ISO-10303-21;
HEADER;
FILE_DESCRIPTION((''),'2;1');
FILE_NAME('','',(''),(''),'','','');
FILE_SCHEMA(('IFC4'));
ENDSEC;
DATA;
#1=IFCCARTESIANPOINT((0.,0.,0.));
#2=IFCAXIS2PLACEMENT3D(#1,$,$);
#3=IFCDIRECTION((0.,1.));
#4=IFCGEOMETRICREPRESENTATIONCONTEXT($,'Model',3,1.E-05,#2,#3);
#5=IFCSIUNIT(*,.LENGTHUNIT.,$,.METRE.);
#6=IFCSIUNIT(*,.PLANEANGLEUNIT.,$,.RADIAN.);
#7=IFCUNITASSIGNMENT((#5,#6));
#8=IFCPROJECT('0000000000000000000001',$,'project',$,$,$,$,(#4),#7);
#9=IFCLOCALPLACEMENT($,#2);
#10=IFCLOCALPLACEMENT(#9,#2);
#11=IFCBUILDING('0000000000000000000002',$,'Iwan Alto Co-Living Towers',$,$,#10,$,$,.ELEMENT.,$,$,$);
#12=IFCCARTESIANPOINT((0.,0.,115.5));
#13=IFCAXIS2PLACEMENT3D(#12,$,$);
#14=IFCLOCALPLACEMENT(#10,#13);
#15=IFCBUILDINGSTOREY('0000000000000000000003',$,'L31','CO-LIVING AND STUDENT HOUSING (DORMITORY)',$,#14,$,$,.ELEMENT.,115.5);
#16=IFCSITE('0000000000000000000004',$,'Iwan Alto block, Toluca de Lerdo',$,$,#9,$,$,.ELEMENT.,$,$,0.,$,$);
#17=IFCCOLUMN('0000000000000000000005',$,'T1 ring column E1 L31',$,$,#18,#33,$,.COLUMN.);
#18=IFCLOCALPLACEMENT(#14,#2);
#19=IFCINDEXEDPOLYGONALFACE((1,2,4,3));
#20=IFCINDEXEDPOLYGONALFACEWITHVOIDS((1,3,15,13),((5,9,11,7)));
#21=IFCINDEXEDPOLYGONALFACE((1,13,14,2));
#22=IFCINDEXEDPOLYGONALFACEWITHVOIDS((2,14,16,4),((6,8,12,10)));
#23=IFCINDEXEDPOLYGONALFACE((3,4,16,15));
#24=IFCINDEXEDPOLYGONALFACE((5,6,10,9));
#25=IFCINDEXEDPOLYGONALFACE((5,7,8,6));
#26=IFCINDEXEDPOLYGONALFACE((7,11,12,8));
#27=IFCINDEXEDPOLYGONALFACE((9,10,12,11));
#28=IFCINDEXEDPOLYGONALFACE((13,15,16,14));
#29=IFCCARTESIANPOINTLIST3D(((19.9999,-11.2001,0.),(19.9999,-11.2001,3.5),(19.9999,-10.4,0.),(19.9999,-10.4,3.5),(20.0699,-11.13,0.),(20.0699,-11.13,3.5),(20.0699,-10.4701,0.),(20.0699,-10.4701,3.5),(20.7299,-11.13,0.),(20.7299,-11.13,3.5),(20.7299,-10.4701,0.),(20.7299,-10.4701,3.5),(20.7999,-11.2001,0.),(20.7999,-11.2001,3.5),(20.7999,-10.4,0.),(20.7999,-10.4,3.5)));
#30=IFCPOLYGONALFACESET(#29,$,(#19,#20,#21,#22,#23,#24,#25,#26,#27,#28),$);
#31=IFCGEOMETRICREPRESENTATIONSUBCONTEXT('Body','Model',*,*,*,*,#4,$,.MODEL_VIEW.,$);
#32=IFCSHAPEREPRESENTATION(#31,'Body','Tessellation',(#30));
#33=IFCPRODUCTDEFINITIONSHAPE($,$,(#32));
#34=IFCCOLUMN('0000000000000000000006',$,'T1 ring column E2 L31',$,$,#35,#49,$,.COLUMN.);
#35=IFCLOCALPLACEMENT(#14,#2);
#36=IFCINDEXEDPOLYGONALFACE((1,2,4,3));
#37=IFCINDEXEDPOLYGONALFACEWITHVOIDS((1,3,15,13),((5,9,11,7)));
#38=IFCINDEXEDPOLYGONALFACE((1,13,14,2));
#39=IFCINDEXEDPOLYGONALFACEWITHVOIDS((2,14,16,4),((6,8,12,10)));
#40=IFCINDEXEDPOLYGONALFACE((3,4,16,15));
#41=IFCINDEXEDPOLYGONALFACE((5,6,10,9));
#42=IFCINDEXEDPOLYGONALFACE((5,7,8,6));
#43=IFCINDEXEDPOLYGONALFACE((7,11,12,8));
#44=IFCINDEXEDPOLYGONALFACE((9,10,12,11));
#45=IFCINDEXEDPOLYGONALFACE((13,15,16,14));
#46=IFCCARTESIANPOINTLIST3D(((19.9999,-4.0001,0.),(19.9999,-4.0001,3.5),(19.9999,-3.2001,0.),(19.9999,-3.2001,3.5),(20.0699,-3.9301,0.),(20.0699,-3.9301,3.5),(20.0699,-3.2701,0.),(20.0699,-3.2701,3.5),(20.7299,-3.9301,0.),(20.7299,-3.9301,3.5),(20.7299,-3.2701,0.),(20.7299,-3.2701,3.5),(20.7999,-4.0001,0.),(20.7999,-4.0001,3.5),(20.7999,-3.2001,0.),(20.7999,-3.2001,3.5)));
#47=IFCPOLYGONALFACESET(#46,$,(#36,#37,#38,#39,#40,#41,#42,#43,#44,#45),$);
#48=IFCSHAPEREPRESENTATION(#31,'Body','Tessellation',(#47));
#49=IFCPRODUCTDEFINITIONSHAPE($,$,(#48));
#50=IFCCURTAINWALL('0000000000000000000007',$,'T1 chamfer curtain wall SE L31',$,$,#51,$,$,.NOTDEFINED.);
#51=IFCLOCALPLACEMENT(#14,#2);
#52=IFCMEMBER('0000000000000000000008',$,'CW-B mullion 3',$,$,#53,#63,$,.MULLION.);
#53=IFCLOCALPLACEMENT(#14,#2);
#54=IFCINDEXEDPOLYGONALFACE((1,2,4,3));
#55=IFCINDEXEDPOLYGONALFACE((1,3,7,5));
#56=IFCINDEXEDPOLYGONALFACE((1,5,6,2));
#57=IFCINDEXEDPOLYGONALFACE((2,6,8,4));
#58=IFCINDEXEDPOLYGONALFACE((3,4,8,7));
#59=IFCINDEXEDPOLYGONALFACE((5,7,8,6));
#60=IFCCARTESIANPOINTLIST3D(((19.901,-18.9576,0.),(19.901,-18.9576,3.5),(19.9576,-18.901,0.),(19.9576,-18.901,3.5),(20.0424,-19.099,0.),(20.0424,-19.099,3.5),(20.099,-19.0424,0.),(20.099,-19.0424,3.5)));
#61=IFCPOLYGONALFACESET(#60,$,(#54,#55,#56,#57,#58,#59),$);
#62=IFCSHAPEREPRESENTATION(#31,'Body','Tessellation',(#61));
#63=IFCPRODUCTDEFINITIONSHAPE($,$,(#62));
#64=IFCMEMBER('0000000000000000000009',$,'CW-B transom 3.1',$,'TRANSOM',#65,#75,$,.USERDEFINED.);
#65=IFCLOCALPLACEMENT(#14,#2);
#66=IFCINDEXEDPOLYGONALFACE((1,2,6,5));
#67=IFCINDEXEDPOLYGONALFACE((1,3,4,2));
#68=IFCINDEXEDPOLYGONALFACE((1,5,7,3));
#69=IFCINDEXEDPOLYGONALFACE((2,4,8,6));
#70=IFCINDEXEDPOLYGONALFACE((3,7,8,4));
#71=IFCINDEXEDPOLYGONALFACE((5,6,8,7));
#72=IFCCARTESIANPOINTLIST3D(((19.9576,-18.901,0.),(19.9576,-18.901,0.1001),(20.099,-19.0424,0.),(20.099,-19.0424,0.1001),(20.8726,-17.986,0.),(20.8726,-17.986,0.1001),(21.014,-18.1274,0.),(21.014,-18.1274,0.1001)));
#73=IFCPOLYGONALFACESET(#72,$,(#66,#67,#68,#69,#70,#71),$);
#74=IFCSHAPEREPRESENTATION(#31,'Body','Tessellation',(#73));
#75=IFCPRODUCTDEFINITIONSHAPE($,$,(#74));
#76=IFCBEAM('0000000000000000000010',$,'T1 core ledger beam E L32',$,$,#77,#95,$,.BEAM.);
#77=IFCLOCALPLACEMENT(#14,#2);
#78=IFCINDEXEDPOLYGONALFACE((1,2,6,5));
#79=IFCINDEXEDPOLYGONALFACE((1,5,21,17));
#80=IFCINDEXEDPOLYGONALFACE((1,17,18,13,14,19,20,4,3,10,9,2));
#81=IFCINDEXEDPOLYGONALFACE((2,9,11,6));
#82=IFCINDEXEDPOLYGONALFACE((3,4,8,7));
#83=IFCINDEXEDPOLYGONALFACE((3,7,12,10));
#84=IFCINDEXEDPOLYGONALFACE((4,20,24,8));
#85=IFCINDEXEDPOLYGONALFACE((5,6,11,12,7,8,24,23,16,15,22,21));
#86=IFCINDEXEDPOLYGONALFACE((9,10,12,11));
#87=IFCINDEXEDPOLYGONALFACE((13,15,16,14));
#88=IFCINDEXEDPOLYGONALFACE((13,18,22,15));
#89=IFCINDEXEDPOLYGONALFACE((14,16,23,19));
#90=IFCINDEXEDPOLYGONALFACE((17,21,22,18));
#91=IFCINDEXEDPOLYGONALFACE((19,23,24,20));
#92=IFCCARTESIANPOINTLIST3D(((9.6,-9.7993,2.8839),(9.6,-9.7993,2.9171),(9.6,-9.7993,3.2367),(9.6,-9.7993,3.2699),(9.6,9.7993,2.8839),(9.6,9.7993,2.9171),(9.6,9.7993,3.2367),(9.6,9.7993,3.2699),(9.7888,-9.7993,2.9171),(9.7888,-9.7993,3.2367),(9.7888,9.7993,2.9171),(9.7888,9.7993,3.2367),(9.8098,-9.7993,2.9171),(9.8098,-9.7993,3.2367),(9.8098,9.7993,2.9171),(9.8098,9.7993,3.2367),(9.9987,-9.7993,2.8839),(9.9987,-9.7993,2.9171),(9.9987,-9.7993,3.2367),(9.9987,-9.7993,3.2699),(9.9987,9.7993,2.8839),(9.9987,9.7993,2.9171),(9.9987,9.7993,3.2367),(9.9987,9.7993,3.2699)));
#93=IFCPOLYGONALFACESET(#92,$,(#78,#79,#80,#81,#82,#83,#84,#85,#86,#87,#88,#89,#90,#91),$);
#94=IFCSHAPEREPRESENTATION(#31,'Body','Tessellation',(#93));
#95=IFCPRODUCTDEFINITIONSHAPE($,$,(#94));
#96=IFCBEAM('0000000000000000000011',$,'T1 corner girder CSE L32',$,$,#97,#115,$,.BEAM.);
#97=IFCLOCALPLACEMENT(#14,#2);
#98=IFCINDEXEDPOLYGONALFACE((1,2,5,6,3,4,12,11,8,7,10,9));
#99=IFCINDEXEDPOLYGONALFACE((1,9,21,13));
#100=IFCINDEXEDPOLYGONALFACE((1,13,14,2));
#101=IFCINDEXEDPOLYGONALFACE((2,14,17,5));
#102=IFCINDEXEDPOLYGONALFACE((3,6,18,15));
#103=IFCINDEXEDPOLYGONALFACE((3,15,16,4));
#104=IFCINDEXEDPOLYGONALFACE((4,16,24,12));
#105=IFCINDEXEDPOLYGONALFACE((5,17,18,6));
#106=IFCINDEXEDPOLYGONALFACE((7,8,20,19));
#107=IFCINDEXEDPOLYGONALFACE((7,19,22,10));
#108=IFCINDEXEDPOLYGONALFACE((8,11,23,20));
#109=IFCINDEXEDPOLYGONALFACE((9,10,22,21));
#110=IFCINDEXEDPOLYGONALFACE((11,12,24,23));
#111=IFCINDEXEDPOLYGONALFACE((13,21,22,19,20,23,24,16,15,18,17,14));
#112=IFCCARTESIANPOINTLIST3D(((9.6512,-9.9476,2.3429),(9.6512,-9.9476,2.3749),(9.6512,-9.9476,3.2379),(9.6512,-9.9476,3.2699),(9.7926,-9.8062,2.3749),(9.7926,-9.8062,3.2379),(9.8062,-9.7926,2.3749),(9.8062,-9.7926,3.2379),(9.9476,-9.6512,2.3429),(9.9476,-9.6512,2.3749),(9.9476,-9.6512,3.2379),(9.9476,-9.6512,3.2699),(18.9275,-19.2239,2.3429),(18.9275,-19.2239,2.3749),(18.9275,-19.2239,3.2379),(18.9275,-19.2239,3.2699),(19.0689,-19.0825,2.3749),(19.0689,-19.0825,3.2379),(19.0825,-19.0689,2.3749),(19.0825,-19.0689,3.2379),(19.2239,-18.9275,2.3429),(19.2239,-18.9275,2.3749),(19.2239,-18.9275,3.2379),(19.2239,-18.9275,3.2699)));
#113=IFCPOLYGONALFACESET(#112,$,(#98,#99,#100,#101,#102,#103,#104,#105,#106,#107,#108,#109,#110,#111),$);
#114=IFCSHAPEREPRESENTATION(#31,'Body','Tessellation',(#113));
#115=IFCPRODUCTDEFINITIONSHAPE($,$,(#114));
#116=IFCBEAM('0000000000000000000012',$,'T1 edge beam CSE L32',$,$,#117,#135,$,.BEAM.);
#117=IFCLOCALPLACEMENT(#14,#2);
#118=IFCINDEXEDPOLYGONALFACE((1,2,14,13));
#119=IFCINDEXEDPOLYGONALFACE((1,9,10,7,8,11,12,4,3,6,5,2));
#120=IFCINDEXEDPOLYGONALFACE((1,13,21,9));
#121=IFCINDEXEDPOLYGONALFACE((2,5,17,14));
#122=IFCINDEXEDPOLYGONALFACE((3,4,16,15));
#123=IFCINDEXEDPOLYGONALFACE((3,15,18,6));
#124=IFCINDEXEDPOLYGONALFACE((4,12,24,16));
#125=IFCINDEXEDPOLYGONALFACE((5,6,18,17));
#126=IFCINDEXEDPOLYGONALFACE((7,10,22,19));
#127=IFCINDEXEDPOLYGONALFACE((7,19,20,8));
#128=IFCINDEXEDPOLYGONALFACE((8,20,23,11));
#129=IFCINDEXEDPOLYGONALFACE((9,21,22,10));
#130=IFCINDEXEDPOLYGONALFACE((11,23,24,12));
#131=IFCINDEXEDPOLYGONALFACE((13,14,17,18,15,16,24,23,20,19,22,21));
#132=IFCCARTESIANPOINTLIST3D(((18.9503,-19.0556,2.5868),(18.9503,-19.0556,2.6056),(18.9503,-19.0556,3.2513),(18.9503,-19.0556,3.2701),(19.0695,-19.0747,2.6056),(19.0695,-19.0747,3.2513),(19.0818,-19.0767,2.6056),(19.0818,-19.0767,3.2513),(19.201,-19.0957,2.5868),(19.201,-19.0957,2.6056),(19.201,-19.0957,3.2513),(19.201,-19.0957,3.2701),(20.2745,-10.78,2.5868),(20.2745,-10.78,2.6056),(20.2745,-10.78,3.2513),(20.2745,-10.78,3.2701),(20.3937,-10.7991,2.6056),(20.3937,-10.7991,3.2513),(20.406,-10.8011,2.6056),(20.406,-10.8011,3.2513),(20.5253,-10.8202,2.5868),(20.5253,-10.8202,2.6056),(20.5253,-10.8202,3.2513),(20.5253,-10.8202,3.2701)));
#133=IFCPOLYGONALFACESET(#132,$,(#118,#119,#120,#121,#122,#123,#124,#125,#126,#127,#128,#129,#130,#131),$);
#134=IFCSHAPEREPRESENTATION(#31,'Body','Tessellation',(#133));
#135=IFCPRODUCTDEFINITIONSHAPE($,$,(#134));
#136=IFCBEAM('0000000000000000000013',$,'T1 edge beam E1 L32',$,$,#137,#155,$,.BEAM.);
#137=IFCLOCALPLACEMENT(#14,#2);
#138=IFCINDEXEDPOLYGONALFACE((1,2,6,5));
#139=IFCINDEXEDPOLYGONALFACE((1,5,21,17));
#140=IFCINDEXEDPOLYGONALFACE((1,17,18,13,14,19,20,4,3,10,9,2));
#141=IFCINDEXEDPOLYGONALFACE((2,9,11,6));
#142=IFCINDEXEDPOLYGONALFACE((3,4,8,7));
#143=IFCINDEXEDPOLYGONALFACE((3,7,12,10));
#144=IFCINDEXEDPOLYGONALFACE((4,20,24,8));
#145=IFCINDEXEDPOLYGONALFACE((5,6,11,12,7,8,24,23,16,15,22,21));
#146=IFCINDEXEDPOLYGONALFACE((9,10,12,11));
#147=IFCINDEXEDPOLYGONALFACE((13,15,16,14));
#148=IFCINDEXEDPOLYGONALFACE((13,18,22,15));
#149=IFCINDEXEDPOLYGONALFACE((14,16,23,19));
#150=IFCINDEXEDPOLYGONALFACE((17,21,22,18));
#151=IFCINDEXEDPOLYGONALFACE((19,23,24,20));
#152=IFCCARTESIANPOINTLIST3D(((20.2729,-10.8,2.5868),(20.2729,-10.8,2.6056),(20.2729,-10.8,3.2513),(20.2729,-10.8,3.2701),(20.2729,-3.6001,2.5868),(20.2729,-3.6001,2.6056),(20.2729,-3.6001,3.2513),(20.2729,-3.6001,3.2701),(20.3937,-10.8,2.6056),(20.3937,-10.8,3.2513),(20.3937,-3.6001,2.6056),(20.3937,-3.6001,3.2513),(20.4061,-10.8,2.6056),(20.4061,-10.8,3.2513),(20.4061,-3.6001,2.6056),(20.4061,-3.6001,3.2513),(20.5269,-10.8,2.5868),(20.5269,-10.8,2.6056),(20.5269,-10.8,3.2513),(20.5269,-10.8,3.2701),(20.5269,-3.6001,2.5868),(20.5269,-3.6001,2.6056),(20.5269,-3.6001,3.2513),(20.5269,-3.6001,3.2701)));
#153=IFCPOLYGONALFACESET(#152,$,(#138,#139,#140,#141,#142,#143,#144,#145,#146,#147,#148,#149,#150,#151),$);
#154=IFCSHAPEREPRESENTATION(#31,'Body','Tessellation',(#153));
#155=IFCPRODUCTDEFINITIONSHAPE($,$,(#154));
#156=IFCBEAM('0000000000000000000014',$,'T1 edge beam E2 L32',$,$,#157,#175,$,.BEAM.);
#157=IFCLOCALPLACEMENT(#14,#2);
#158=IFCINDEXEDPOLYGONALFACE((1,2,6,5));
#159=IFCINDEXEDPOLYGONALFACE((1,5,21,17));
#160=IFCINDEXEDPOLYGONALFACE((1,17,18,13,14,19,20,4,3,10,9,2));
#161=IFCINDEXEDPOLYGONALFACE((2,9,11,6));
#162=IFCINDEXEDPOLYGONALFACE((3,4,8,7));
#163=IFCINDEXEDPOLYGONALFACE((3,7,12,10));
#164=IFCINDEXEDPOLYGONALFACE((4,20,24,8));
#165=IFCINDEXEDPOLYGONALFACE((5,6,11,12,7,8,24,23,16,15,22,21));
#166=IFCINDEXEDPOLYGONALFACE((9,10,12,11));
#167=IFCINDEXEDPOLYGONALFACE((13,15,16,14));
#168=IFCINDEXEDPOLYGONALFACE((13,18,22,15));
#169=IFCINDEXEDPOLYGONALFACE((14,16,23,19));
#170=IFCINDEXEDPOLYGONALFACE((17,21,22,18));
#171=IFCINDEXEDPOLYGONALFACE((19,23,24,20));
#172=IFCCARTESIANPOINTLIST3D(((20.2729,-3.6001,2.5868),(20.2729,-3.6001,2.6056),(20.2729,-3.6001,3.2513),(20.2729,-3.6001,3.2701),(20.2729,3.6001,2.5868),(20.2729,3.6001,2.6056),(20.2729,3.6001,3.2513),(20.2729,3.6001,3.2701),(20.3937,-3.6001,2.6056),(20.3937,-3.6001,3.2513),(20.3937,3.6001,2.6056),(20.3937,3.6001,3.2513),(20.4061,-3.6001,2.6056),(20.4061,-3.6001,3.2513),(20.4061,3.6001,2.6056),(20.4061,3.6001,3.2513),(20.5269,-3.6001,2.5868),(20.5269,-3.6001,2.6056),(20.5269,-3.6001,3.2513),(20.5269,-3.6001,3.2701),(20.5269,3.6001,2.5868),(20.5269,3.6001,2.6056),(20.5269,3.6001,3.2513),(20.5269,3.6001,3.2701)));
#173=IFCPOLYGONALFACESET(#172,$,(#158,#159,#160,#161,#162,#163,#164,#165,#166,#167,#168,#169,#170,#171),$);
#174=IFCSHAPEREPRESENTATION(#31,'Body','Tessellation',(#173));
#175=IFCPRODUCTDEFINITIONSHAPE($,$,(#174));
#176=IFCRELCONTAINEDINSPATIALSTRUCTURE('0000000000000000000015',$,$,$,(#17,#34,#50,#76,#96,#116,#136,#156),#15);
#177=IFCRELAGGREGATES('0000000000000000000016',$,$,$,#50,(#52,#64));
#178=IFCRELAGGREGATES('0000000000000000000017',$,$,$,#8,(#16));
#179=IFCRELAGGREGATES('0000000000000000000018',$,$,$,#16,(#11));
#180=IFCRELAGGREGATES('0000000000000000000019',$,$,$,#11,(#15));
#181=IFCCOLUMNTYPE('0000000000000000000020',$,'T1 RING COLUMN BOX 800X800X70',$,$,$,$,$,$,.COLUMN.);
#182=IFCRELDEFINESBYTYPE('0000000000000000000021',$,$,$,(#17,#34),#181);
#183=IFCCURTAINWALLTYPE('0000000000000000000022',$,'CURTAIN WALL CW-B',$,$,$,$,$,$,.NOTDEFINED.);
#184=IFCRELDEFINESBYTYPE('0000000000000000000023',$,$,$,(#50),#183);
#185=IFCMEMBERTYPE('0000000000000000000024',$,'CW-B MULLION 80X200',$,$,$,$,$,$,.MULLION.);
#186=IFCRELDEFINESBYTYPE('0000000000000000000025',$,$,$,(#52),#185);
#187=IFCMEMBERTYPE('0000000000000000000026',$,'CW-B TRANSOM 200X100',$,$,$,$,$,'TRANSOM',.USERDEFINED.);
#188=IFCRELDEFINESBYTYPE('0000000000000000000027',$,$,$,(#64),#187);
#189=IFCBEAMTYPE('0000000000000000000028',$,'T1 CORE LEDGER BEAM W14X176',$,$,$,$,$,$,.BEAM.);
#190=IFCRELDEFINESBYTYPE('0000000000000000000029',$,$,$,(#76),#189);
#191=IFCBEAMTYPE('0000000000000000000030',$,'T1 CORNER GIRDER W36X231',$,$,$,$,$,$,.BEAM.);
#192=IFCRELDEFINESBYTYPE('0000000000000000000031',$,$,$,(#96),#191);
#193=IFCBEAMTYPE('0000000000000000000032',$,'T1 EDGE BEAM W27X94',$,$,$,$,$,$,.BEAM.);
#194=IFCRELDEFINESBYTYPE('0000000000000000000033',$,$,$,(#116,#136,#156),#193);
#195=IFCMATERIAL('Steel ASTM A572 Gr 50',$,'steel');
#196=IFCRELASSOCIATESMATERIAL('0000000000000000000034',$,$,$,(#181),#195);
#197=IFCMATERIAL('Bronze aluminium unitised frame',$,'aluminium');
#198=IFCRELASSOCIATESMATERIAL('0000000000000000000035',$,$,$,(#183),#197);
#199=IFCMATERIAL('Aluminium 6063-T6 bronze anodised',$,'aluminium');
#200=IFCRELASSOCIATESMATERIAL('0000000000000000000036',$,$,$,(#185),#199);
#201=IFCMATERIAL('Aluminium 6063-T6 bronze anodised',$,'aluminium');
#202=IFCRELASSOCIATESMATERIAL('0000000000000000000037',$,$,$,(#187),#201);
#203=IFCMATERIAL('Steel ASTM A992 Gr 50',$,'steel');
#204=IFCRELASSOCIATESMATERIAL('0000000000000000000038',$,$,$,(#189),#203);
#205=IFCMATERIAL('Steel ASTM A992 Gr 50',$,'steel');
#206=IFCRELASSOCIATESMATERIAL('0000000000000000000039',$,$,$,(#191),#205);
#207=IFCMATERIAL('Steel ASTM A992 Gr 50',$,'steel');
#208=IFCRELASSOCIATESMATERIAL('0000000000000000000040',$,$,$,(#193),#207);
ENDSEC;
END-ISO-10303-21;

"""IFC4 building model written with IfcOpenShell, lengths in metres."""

from ifc_helpers import new_model, si_unit, direction, frame, origin, origin_2d, place, context, subcontext, project, spatial, rectangle, hollow_rectangle, i_section, extrude, material, material_profile, profile_set, type_object, element, aggregate, save


model = new_model("IFC4")

# Units and contexts
model_context = context("Model", 3, precision=1e-05, world=origin(), true_north=direction((0.0, 1.0)))
body_context = subcontext(model_context, "Body", "Model", "MODEL_VIEW")
ifc_project = project(units=[si_unit("LENGTHUNIT", "METRE"), si_unit("PLANEANGLEUNIT", "RADIAN")], contexts=[model_context])

# Site, building, storey
site_placement = place(None, origin())
site = spatial("IfcSite", under=ifc_project, at=site_placement, Name="Iwan Alto block, Toluca de Lerdo", CompositionType="ELEMENT", RefElevation=0.0)
building_placement = place(site_placement, origin())
building = spatial("IfcBuilding", under=site, at=building_placement, Name="Iwan Alto Co-Living Towers", CompositionType="ELEMENT")
storey_placement = place(building_placement, frame((0.0, 0.0, 115.5)))
storey = spatial("IfcBuildingStorey", under=building, at=storey_placement, Name="L31", Description="CO-LIVING AND STUDENT HOUSING (DORMITORY)", CompositionType="ELEMENT", Elevation=115.5)

# Columns
ifc_material_1 = material(Name="Steel ASTM A572 Gr 50", Category="steel")
ifc_material_profile_1 = material_profile(ifc_material_1, hollow_rectangle(XDim=0.8, YDim=0.8, WallThickness=0.0701, at=origin_2d()), Name="BOX 800X800X70")
ifc_profile_set_1 = profile_set([ifc_material_profile_1], Name="Steel ASTM A572 Gr 50")
column_type = type_object("IfcColumnType", Name="T1 RING COLUMN BOX 800X800X70", PredefinedType="COLUMN", material=ifc_profile_set_1)
for number, where, z_axis, x_axis, name in (
    (1, (20.3999, -10.8, 0.0), (0.0, 0.0, 1.0), (1.0, 0.0, 0.0), "T1 ring column E1 L31"),
    (2, (20.3999, -3.6001, 0.0), (0.0, 0.0, 1.0), (1.0, 0.0, 0.0), "T1 ring column E2 L31"),
):
    element("IfcColumn", number, at=place(storey_placement, frame(where, z_axis=z_axis, x_axis=x_axis)), inside=storey, type_object=column_type, Name=name, PredefinedType="COLUMN", context=body_context, shape_type="SweptSolid", body=[
        extrude(hollow_rectangle(XDim=0.8, YDim=0.8, WallThickness=0.0701, at=origin_2d()), origin(), (0.0, 0.0, 1.0), 3.5),
    ])

# Curtain wall, members
ifc_material_2 = material(Name="Bronze aluminium unitised frame", Category="aluminium")
curtain_wall_type = type_object("IfcCurtainWallType", Name="CURTAIN WALL CW-B", PredefinedType="NOTDEFINED", material=ifc_material_2)
curtain_wall_placement = place(storey_placement, origin())
curtain_wall = element("IfcCurtainWall", 3, at=curtain_wall_placement, inside=storey, type_object=curtain_wall_type, Name="T1 chamfer curtain wall SE L31", PredefinedType="NOTDEFINED")
ifc_material_3 = material(Name="Aluminium 6063-T6 bronze anodised", Category="aluminium")
ifc_material_profile_2 = material_profile(ifc_material_3, rectangle(XDim=0.2, YDim=0.0801, at=origin_2d()), Name="AL 80X200")
ifc_profile_set_2 = profile_set([ifc_material_profile_2], Name="Aluminium 6063-T6 bronze anodised")
member_type_1 = type_object("IfcMemberType", Name="CW-B MULLION 80X200", PredefinedType="MULLION", material=ifc_profile_set_2)
member_1_placement = place(storey_placement, frame((20.0, -19.0, 0.0), z_axis=(0.0, 0.0, 1.0), x_axis=(-0.707107, 0.707107, 0.0)))
member_1 = element("IfcMember", 4, at=member_1_placement, type_object=member_type_1, Name="CW-B mullion 3", PredefinedType="MULLION", context=body_context, shape_type="SweptSolid", body=[
    extrude(rectangle(XDim=0.2, YDim=0.0801, at=origin_2d()), origin(), (0.0, 0.0, 1.0), 3.5),
])
ifc_material_4 = material(Name="Aluminium 6063-T6 bronze anodised", Category="aluminium")
ifc_material_profile_3 = material_profile(ifc_material_4, rectangle(XDim=0.2, YDim=0.1001, at=origin_2d()), Name="AL 200X100")
ifc_profile_set_3 = profile_set([ifc_material_profile_3], Name="Aluminium 6063-T6 bronze anodised")
member_type_2 = type_object("IfcMemberType", Name="CW-B TRANSOM 200X100", ElementType="TRANSOM", PredefinedType="USERDEFINED", material=ifc_profile_set_3)
member_2_placement = place(storey_placement, frame((20.0283, -18.9717, 0.05), z_axis=(0.707107, 0.707107, 0.0), x_axis=(-0.707107, 0.707107, 0.0)))
member_2 = element("IfcMember", 5, at=member_2_placement, type_object=member_type_2, Name="CW-B transom 3.1", ObjectType="TRANSOM", PredefinedType="USERDEFINED", context=body_context, shape_type="SweptSolid", body=[
    extrude(rectangle(XDim=0.2, YDim=0.1001, at=origin_2d()), origin(), (0.0, 0.0, 1.0), 1.2939),
])
aggregate(curtain_wall, [member_1, member_2])

# Beams
ifc_material_5 = material(Name="Steel ASTM A992 Gr 50", Category="steel")
ifc_material_profile_4 = material_profile(ifc_material_5, i_section(OverallWidth=0.3987, OverallDepth=0.386, WebThickness=0.021, FlangeThickness=0.0332, at=origin_2d()), Name="W14X176")
ifc_profile_set_4 = profile_set([ifc_material_profile_4], Name="Steel ASTM A992 Gr 50")
beam_type_1 = type_object("IfcBeamType", Name="T1 CORE LEDGER BEAM W14X176", PredefinedType="BEAM", material=ifc_profile_set_4)
beam_1_placement = place(storey_placement, frame((9.7993, -9.7993, 3.0769), z_axis=(0.0, 1.0, 0.0), x_axis=(-1.0, 0.0, 0.0)))
element("IfcBeam", 6, at=beam_1_placement, inside=storey, type_object=beam_type_1, Name="T1 core ledger beam E L32", PredefinedType="BEAM", context=body_context, shape_type="SweptSolid", body=[
    extrude(i_section(OverallWidth=0.3987, OverallDepth=0.386, WebThickness=0.021, FlangeThickness=0.0332, at=origin_2d()), origin(), (0.0, 0.0, 1.0), 19.5986),
])
ifc_material_6 = material(Name="Steel ASTM A992 Gr 50", Category="steel")
ifc_material_profile_5 = material_profile(ifc_material_6, i_section(OverallWidth=0.4192, OverallDepth=0.927, WebThickness=0.0193, FlangeThickness=0.032, at=origin_2d()), Name="W36X231")
ifc_profile_set_5 = profile_set([ifc_material_profile_5], Name="Steel ASTM A992 Gr 50")
beam_type_2 = type_object("IfcBeamType", Name="T1 CORNER GIRDER W36X231", PredefinedType="BEAM", material=ifc_profile_set_5)
beam_2_placement = place(storey_placement, frame((19.0757, -19.0757, 2.8064), z_axis=(-0.707107, 0.707107, 0.0), x_axis=(-0.707107, -0.707107, 0.0)))
element("IfcBeam", 7, at=beam_2_placement, inside=storey, type_object=beam_type_2, Name="T1 corner girder CSE L32", PredefinedType="BEAM", context=body_context, shape_type="SweptSolid", body=[
    extrude(i_section(OverallWidth=0.4192, OverallDepth=0.927, WebThickness=0.0193, FlangeThickness=0.032, at=origin_2d()), origin(), (0.0, 0.0, 1.0), 13.1187),
])
ifc_material_7 = material(Name="Steel ASTM A992 Gr 50", Category="steel")
ifc_material_profile_6 = material_profile(ifc_material_7, i_section(OverallWidth=0.2539, OverallDepth=0.6833, WebThickness=0.0125, FlangeThickness=0.0188, at=origin_2d()), Name="W27X94")
ifc_profile_set_6 = profile_set([ifc_material_profile_6], Name="Steel ASTM A992 Gr 50")
beam_type_3 = type_object("IfcBeamType", Name="T1 EDGE BEAM W27X94", PredefinedType="BEAM", material=ifc_profile_set_6)
beam_3_placement = place(storey_placement, frame((19.0757, -19.0757, 2.9285), z_axis=(0.158004, 0.987438, 0.0), x_axis=(-0.987438, 0.158004, 0.0)))
element("IfcBeam", 8, at=beam_3_placement, inside=storey, type_object=beam_type_3, Name="T1 edge beam CSE L32", PredefinedType="BEAM", context=body_context, shape_type="SweptSolid", body=[
    extrude(i_section(OverallWidth=0.2539, OverallDepth=0.6833, WebThickness=0.0125, FlangeThickness=0.0188, at=origin_2d()), origin(), (0.0, 0.0, 1.0), 8.3809),
])
beam_4_placement = place(storey_placement, frame((20.3999, -10.8, 2.9285), z_axis=(0.0, 1.0, 0.0), x_axis=(-1.0, 0.0, 0.0)))
element("IfcBeam", 9, at=beam_4_placement, inside=storey, type_object=beam_type_3, Name="T1 edge beam E1 L32", PredefinedType="BEAM", context=body_context, shape_type="SweptSolid", body=[
    extrude(i_section(OverallWidth=0.2539, OverallDepth=0.6833, WebThickness=0.0125, FlangeThickness=0.0188, at=origin_2d()), origin(), (0.0, 0.0, 1.0), 7.2),
])
beam_5_placement = place(storey_placement, frame((20.3999, -3.6001, 2.9285), z_axis=(0.0, 1.0, 0.0), x_axis=(-1.0, 0.0, 0.0)))
element("IfcBeam", 10, at=beam_5_placement, inside=storey, type_object=beam_type_3, Name="T1 edge beam E2 L32", PredefinedType="BEAM", context=body_context, shape_type="SweptSolid", body=[
    extrude(i_section(OverallWidth=0.2539, OverallDepth=0.6833, WebThickness=0.0125, FlangeThickness=0.0188, at=origin_2d()), origin(), (0.0, 0.0, 1.0), 7.2002),
])

save(model, "model.ifc")
